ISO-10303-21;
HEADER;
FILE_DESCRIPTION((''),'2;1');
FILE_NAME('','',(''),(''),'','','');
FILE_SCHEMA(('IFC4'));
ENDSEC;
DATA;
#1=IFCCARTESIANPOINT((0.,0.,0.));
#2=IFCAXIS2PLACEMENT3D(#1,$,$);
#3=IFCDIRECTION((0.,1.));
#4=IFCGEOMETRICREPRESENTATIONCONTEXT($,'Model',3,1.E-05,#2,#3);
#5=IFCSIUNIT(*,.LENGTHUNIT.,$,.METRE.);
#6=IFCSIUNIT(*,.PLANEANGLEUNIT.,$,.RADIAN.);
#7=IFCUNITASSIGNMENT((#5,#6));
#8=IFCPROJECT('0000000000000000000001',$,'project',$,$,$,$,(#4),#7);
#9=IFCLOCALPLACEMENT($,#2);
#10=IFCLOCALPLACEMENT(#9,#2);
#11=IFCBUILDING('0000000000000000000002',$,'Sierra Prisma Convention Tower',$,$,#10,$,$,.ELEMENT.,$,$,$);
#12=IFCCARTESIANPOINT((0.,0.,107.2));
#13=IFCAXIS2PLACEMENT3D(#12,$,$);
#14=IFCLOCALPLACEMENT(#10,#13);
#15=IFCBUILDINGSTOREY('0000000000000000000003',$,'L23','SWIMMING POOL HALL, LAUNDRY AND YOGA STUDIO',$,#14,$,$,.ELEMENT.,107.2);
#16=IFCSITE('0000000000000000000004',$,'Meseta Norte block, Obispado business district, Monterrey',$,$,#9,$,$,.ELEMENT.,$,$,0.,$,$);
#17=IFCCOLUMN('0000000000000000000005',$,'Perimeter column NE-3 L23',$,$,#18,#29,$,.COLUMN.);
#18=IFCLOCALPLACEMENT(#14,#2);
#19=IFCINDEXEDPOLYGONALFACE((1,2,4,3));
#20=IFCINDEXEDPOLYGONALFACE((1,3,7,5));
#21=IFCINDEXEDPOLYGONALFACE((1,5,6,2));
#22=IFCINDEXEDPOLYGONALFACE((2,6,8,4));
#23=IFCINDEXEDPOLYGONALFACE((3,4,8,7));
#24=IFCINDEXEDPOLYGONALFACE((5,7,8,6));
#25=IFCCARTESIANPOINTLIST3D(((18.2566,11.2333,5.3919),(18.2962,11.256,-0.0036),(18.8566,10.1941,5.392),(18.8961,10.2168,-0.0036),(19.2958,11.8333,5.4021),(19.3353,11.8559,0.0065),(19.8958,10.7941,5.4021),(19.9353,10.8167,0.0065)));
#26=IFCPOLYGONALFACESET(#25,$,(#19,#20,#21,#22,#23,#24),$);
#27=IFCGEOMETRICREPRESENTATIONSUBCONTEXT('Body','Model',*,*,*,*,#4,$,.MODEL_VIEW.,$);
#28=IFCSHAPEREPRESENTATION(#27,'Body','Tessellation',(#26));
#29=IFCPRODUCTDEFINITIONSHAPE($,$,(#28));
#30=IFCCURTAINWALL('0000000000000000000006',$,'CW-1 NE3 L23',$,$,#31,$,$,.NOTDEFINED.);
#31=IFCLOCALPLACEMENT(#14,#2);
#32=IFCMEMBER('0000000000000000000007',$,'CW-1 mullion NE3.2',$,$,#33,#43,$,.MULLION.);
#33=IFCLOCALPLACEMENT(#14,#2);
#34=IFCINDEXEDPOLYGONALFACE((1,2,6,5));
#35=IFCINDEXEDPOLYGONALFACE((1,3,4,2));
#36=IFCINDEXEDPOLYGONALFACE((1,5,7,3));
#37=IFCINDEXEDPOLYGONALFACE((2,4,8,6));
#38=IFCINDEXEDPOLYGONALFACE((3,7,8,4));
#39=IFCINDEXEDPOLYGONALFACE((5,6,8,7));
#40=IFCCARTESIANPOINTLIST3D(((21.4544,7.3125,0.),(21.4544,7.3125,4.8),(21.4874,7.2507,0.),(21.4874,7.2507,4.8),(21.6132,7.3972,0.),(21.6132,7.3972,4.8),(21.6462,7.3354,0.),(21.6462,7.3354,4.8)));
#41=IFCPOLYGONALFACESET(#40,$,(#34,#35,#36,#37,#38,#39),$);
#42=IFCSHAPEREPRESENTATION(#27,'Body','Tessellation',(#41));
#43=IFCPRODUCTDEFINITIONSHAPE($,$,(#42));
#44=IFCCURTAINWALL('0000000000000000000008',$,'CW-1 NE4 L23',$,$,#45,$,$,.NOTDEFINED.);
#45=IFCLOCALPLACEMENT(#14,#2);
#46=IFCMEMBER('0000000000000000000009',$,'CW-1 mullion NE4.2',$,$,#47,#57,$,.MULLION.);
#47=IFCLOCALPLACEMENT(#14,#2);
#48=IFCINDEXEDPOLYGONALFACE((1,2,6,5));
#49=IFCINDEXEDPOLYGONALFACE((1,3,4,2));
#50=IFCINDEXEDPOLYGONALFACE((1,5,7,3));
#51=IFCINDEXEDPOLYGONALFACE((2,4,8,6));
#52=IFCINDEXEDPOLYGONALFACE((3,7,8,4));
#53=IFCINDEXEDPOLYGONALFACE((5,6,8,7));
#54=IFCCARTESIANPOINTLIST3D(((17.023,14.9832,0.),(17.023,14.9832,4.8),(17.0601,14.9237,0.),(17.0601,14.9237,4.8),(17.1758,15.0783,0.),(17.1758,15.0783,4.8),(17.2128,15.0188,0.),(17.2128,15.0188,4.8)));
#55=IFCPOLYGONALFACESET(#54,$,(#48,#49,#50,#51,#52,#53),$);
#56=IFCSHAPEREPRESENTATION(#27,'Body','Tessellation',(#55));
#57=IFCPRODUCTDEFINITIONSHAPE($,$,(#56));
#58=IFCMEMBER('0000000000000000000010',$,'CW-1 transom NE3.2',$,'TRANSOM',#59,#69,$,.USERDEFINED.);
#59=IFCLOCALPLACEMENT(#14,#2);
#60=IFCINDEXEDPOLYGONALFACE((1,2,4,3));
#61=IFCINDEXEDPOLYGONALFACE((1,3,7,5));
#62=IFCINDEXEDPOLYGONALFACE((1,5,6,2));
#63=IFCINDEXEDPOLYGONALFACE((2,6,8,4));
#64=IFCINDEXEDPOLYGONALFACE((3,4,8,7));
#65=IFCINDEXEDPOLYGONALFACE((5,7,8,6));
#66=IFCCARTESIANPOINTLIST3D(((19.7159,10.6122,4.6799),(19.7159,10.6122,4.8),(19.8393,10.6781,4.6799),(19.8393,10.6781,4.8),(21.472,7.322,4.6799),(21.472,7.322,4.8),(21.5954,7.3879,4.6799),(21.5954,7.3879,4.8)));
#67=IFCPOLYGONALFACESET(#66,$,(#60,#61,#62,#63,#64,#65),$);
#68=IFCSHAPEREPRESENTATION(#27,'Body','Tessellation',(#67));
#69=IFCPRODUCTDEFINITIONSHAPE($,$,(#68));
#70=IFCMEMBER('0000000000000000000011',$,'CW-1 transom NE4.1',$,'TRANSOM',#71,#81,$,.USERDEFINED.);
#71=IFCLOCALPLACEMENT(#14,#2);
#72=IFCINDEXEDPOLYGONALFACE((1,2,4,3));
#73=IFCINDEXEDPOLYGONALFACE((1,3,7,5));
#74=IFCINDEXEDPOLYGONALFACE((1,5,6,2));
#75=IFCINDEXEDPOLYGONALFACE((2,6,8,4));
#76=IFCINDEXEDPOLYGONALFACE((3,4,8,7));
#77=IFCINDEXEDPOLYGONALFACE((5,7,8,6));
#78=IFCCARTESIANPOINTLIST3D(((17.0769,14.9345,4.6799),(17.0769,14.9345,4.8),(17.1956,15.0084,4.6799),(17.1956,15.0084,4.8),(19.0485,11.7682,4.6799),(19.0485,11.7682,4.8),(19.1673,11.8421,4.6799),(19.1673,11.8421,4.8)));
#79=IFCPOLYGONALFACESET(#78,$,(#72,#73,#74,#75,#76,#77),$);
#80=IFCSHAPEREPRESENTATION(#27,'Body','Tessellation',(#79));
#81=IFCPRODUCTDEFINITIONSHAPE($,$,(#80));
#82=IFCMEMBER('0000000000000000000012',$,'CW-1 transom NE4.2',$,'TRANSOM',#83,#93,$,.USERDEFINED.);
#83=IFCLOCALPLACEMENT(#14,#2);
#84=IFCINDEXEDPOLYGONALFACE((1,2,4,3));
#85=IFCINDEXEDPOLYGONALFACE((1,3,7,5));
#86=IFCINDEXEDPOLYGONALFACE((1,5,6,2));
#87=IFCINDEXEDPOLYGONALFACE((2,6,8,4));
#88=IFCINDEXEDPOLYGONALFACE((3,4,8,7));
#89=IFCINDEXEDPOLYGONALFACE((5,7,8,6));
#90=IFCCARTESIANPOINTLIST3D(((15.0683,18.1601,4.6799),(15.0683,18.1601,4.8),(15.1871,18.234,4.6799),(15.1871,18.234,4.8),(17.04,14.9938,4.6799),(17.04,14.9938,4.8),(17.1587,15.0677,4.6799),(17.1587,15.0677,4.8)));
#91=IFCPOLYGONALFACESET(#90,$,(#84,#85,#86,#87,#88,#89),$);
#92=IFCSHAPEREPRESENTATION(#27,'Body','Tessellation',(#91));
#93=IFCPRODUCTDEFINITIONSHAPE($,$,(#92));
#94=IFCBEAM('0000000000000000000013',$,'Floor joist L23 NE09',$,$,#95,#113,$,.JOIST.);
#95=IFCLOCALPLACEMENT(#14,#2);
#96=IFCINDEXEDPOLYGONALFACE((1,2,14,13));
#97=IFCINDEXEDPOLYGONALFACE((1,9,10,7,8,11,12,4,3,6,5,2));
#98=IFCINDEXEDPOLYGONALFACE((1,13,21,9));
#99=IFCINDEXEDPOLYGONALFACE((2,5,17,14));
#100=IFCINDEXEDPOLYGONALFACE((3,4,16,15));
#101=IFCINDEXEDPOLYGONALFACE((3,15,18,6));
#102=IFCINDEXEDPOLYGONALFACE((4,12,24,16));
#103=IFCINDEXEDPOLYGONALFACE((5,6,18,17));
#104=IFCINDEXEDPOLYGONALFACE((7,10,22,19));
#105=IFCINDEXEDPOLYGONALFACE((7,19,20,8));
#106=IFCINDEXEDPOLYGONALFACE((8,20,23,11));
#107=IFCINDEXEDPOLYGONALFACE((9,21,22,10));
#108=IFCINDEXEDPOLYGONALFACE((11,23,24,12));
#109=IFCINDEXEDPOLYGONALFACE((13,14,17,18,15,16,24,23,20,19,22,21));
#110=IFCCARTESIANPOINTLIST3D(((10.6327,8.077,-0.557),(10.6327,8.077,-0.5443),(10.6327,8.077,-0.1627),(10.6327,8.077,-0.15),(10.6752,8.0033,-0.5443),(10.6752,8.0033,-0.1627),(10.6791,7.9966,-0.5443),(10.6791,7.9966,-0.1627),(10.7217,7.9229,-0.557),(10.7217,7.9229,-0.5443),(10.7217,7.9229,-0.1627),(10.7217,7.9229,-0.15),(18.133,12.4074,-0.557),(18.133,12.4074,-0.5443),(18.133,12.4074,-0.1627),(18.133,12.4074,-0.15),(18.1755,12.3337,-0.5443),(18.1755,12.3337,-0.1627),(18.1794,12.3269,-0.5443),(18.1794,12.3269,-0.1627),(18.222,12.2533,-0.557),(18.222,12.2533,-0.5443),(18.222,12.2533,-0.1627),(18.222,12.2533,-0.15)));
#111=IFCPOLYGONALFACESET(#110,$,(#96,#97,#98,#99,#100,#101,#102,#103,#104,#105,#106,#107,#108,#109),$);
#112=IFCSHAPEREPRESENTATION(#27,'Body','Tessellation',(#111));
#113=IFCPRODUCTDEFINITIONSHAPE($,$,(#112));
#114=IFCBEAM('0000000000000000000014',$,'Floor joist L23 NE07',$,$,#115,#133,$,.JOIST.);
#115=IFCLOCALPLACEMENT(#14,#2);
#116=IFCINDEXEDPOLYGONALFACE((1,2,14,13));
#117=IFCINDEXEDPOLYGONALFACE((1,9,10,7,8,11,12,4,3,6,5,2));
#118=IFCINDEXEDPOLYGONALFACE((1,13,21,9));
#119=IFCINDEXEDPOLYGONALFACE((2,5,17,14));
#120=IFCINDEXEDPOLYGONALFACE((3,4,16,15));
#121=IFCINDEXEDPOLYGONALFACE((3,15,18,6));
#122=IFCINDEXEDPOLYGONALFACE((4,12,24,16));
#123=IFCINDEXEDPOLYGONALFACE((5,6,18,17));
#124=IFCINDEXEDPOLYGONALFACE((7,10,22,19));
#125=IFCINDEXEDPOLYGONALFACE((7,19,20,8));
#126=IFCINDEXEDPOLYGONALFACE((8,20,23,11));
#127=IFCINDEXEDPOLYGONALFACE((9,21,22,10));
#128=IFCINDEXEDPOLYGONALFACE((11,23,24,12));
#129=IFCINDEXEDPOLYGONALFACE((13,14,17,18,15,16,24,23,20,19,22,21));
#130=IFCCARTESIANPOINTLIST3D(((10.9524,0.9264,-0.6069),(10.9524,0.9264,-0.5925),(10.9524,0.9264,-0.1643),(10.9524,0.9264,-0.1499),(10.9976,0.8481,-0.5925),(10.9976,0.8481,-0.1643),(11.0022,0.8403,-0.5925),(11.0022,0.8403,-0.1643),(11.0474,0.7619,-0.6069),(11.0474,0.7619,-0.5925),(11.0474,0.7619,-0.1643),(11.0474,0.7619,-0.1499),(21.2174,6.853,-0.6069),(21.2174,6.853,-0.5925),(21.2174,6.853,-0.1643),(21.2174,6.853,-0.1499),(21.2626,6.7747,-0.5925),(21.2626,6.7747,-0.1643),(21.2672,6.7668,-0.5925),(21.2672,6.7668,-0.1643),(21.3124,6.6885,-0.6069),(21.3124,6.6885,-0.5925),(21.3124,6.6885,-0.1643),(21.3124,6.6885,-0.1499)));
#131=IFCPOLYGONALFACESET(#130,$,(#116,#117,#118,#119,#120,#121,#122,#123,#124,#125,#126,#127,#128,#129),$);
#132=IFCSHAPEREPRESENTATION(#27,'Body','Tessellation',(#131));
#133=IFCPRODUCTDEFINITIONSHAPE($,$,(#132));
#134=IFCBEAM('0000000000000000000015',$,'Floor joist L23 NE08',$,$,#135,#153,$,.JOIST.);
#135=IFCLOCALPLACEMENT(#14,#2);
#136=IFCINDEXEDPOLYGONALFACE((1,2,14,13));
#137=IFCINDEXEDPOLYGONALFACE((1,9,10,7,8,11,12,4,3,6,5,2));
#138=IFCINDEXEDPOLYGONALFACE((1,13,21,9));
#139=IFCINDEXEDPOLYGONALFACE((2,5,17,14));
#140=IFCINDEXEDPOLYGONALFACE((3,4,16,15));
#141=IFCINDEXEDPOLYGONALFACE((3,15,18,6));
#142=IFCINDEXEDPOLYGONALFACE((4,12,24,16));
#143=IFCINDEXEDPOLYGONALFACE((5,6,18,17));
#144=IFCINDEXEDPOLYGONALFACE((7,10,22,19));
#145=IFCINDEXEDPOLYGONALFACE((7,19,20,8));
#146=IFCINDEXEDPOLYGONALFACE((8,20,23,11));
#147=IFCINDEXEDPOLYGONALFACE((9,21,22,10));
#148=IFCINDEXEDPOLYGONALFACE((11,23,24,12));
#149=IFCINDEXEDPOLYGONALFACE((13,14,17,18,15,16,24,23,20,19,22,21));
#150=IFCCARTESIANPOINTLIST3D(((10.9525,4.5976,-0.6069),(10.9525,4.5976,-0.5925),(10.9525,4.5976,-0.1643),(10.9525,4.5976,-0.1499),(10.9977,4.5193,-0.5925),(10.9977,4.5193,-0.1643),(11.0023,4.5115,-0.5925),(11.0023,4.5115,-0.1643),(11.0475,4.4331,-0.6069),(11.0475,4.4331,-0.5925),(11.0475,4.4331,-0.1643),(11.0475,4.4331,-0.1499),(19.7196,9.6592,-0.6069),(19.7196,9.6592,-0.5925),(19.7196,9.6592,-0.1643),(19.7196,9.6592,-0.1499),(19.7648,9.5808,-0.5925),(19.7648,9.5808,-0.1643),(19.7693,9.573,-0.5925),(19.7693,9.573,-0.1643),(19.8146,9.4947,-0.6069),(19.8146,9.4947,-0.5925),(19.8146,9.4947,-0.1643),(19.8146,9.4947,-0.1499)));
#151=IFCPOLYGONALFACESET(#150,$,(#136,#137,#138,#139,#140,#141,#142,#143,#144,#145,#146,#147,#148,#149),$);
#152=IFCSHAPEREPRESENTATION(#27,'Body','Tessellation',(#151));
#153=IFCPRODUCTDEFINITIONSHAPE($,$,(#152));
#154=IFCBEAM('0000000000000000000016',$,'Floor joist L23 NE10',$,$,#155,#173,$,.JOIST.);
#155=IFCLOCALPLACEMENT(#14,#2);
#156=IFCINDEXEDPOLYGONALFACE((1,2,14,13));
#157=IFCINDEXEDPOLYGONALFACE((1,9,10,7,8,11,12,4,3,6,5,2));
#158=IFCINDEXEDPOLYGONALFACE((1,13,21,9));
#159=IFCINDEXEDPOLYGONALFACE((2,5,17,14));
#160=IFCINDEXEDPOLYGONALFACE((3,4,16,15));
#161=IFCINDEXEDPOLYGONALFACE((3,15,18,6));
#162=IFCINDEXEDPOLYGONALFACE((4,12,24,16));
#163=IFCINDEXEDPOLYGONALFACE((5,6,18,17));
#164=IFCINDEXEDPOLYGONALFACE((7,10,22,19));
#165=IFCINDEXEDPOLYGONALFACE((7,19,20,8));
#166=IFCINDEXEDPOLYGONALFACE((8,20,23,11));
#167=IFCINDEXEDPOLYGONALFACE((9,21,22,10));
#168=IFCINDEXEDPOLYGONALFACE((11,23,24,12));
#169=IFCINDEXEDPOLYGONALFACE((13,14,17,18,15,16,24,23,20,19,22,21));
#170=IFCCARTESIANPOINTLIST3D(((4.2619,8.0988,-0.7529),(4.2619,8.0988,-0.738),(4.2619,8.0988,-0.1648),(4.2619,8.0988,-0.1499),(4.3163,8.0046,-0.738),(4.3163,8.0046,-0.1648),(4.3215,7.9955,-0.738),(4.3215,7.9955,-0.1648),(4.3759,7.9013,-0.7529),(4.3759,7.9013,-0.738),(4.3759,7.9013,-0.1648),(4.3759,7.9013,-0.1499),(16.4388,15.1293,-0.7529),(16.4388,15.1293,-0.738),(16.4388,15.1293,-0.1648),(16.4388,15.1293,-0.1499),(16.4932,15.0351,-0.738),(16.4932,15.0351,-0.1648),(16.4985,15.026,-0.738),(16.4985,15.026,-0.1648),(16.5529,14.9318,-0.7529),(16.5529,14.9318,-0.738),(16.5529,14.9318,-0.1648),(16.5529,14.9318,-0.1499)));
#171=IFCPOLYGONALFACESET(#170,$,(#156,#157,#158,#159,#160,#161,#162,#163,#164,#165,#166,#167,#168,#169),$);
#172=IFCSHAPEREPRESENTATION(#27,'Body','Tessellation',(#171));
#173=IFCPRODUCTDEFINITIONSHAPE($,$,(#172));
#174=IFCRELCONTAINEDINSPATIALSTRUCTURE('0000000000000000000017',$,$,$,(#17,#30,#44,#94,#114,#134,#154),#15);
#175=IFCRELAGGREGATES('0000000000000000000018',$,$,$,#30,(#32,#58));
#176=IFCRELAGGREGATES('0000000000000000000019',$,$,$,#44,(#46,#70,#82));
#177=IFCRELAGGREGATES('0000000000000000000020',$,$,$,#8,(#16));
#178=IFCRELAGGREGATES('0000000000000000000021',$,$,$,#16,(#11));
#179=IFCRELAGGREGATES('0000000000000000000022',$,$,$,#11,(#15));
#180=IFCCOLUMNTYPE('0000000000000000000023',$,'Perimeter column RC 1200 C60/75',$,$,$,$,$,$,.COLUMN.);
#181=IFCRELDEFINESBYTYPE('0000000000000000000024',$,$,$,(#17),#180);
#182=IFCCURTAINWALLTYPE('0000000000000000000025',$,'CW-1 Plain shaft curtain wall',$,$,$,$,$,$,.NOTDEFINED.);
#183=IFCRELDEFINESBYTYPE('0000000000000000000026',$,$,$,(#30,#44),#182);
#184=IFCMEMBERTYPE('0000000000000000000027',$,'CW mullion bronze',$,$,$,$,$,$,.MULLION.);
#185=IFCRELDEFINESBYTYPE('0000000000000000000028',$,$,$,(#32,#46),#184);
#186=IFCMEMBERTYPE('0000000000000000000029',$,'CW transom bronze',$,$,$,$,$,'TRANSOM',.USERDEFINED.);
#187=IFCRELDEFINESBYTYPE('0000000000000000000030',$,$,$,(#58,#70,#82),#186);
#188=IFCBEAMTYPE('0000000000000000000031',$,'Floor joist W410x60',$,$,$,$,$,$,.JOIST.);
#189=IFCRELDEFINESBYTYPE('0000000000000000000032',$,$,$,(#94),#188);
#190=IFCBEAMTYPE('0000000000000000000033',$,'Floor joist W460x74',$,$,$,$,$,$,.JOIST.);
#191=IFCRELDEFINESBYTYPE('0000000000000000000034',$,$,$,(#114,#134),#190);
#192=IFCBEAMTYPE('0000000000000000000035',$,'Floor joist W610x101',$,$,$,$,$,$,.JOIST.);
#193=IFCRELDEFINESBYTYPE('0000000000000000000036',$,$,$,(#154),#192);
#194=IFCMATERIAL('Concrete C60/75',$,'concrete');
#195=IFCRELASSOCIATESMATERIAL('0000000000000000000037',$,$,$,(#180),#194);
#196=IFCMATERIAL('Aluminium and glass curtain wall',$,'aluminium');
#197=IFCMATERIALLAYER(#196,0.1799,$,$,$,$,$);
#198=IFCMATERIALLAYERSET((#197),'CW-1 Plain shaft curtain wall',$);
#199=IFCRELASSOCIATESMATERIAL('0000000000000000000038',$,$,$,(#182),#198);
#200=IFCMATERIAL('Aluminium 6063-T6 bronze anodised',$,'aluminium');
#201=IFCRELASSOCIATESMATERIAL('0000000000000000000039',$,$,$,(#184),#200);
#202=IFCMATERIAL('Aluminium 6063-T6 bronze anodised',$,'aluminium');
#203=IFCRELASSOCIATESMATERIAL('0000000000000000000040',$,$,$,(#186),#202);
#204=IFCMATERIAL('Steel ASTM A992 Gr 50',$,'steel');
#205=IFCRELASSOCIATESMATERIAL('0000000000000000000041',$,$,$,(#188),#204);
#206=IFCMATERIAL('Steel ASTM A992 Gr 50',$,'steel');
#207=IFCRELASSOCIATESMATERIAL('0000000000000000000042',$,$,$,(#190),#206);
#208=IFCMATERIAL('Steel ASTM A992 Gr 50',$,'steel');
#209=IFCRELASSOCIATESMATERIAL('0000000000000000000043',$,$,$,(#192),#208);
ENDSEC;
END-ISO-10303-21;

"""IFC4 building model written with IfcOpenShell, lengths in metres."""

from ifc_helpers import new_model, si_unit, direction, frame, origin, origin_2d, place, context, subcontext, project, spatial, rectangle, i_section, extrude, clip, halfspace, material, layer, layer_set, material_profile, profile_set, type_object, element, aggregate, save


model = new_model("IFC4")

# Units and contexts
model_context = context("Model", 3, precision=1e-05, world=origin(), true_north=direction((0.0, 1.0)))
body_context = subcontext(model_context, "Body", "Model", "MODEL_VIEW")
ifc_project = project(units=[si_unit("LENGTHUNIT", "METRE"), si_unit("PLANEANGLEUNIT", "RADIAN")], contexts=[model_context])

# Site, building, storey
site_placement = place(None, origin())
site = spatial("IfcSite", under=ifc_project, at=site_placement, Name="Meseta Norte block, Obispado business district, Monterrey", CompositionType="ELEMENT", RefElevation=0.0)
building_placement = place(site_placement, origin())
building = spatial("IfcBuilding", under=site, at=building_placement, Name="Sierra Prisma Convention Tower", CompositionType="ELEMENT")
storey_placement = place(building_placement, frame((0.0, 0.0, 107.2)))
storey = spatial("IfcBuildingStorey", under=building, at=storey_placement, Name="L23", Description="SWIMMING POOL HALL, LAUNDRY AND YOGA STUDIO", CompositionType="ELEMENT", Elevation=107.2)

# Column
ifc_material_1 = material(Name="Concrete C60/75", Category="concrete")
ifc_material_profile_1 = material_profile(ifc_material_1, rectangle(XDim=1.2, YDim=1.2, at=origin_2d()), Name="Perimeter column RC 1200 C60/75")
ifc_profile_set_1 = profile_set([ifc_material_profile_1], Name="Concrete C60/75")
column_type = type_object("IfcColumnType", Name="Perimeter column RC 1200 C60/75", PredefinedType="COLUMN", material=ifc_profile_set_1)
column_placement = place(storey_placement, frame((19.1157, 11.0364, 0.0), z_axis=(-0.007324, -0.004204, 0.999964), x_axis=(-0.499987, 0.866033, -0.000021)))
element("IfcColumn", 1, at=column_placement, inside=storey, type_object=column_type, Name="Perimeter column NE-3 L23", PredefinedType="COLUMN", context=body_context, shape_type="SweptSolid", body=[
    clip(clip(extrude(rectangle(XDim=1.2, YDim=1.2, at=origin_2d()), origin(), (0.0, 0.0, 1.0), 5.4004), halfspace(frame((0.0, 0.0, 0.0015)), True)), halfspace(frame((0.0, 0.0, 5.3972)), False)),
])

# Curtain walls, members
ifc_material_2 = material(Name="Aluminium and glass curtain wall", Category="aluminium")
ifc_layer_1 = layer(ifc_material_2, 0.1799)
ifc_layer_set_1 = layer_set([ifc_layer_1], Name="CW-1 Plain shaft curtain wall")
curtain_wall_type = type_object("IfcCurtainWallType", Name="CW-1 Plain shaft curtain wall", PredefinedType="NOTDEFINED", material=ifc_layer_set_1)
curtain_wall_1_placement = place(storey_placement, origin())
curtain_wall_1 = element("IfcCurtainWall", 2, at=curtain_wall_1_placement, inside=storey, type_object=curtain_wall_type, Name="CW-1 NE3 L23", PredefinedType="NOTDEFINED")
ifc_material_3 = material(Name="Aluminium 6063-T6 bronze anodised", Category="aluminium")
ifc_material_profile_2 = material_profile(ifc_material_3, rectangle(XDim=0.1799, YDim=0.0701, at=origin_2d()), Name="ALU MULLION 70x180")
ifc_profile_set_2 = profile_set([ifc_material_profile_2], Name="Aluminium 6063-T6 bronze anodised")
member_type_1 = type_object("IfcMemberType", Name="CW mullion bronze", PredefinedType="MULLION", material=ifc_profile_set_2)
member_1_placement = place(storey_placement, frame((21.5503, 7.324, 0.0), z_axis=(0.0, 0.0, 1.0), x_axis=(-0.882214, -0.470848, 0.0)))
member_1 = element("IfcMember", 3, at=member_1_placement, type_object=member_type_1, Name="CW-1 mullion NE3.2", PredefinedType="MULLION", context=body_context, shape_type="SweptSolid", body=[
    extrude(rectangle(XDim=0.1799, YDim=0.0701, at=origin_2d()), origin(), (0.0, 0.0, 1.0), 4.8),
])
curtain_wall_2_placement = place(storey_placement, origin())
curtain_wall_2 = element("IfcCurtainWall", 4, at=curtain_wall_2_placement, inside=storey, type_object=curtain_wall_type, Name="CW-1 NE4 L23", PredefinedType="NOTDEFINED")
member_2_placement = place(storey_placement, frame((17.1179, 15.001, 0.0), z_axis=(0.0, 0.0, 1.0), x_axis=(-0.848874, -0.528596, 0.0)))
member_2 = element("IfcMember", 5, at=member_2_placement, type_object=member_type_1, Name="CW-1 mullion NE4.2", PredefinedType="MULLION", context=body_context, shape_type="SweptSolid", body=[
    extrude(rectangle(XDim=0.1799, YDim=0.0701, at=origin_2d()), origin(), (0.0, 0.0, 1.0), 4.8),
])

# Members
ifc_material_4 = material(Name="Aluminium 6063-T6 bronze anodised", Category="aluminium")
ifc_material_profile_3 = material_profile(ifc_material_4, rectangle(XDim=0.1399, YDim=0.1201, at=origin_2d()), Name="ALU TRANSOM 120x140")
ifc_profile_set_3 = profile_set([ifc_material_profile_3], Name="Aluminium 6063-T6 bronze anodised")
member_type_2 = type_object("IfcMemberType", Name="CW transom bronze", ElementType="TRANSOM", PredefinedType="USERDEFINED", material=ifc_profile_set_3)
member_3_placement = place(storey_placement, frame((21.5337, 7.355, 4.74), z_axis=(-0.470857, 0.88221, 0.0), x_axis=(-0.88221, -0.470857, 0.0)))
member_3 = element("IfcMember", 6, at=member_3_placement, type_object=member_type_2, Name="CW-1 transom NE3.2", ObjectType="TRANSOM", PredefinedType="USERDEFINED", context=body_context, shape_type="SweptSolid", body=[
    extrude(rectangle(XDim=0.1399, YDim=0.1201, at=origin_2d()), origin(), (0.0, 0.0, 1.0), 3.7295),
])
member_4_placement = place(storey_placement, frame((19.1079, 11.8052, 4.74), z_axis=(-0.528604, 0.848869, 0.0), x_axis=(-0.848869, -0.528604, 0.0)))
member_4 = element("IfcMember", 7, at=member_4_placement, type_object=member_type_2, Name="CW-1 transom NE4.1", ObjectType="TRANSOM", PredefinedType="USERDEFINED", context=body_context, shape_type="SweptSolid", body=[
    extrude(rectangle(XDim=0.1399, YDim=0.1201, at=origin_2d()), origin(), (0.0, 0.0, 1.0), 3.73),
])
member_5_placement = place(storey_placement, frame((17.0994, 15.0308, 4.74), z_axis=(-0.528604, 0.848869, 0.0), x_axis=(-0.848869, -0.528604, 0.0)))
member_5 = element("IfcMember", 8, at=member_5_placement, type_object=member_type_2, Name="CW-1 transom NE4.2", ObjectType="TRANSOM", PredefinedType="USERDEFINED", context=body_context, shape_type="SweptSolid", body=[
    extrude(rectangle(XDim=0.1399, YDim=0.1201, at=origin_2d()), origin(), (0.0, 0.0, 1.0), 3.73),
])

# Beams
ifc_material_5 = material(Name="Steel ASTM A992 Gr 50", Category="steel")
ifc_material_profile_4 = material_profile(ifc_material_5, i_section(OverallWidth=0.178, OverallDepth=0.407, WebThickness=0.0078, FlangeThickness=0.0127, at=origin_2d()), Name="W410x60")
ifc_profile_set_4 = profile_set([ifc_material_profile_4], Name="Steel ASTM A992 Gr 50")
beam_type_1 = type_object("IfcBeamType", Name="Floor joist W410x60", PredefinedType="JOIST", material=ifc_profile_set_4)
beam_1_placement = place(storey_placement, frame((18.1775, 12.3303, -0.3535), z_axis=(-0.866023, -0.500005, 0.0), x_axis=(0.500005, -0.866023, 0.0)))
element("IfcBeam", 9, at=beam_1_placement, inside=storey, type_object=beam_type_1, Name="Floor joist L23 NE09", PredefinedType="JOIST", context=body_context, shape_type="SweptSolid", body=[
    extrude(i_section(OverallWidth=0.178, OverallDepth=0.407, WebThickness=0.0078, FlangeThickness=0.0127, at=origin_2d()), origin(), (0.0, 0.0, 1.0), 8.6606),
])
ifc_material_6 = material(Name="Steel ASTM A992 Gr 50", Category="steel")
ifc_material_profile_5 = material_profile(ifc_material_6, i_section(OverallWidth=0.1899, OverallDepth=0.457, WebThickness=0.009, FlangeThickness=0.0144, at=origin_2d()), Name="W460x74")
ifc_profile_set_5 = profile_set([ifc_material_profile_5], Name="Steel ASTM A992 Gr 50")
beam_type_2 = type_object("IfcBeamType", Name="Floor joist W460x74", PredefinedType="JOIST", material=ifc_profile_set_5)
beam_2_placement = place(storey_placement, frame((21.2649, 6.7708, -0.3784), z_axis=(-0.866023, -0.500005, 0.0), x_axis=(0.500005, -0.866023, 0.0)))
element("IfcBeam", 10, at=beam_2_placement, inside=storey, type_object=beam_type_2, Name="Floor joist L23 NE07", PredefinedType="JOIST", context=body_context, shape_type="SweptSolid", body=[
    extrude(i_section(OverallWidth=0.1899, OverallDepth=0.457, WebThickness=0.009, FlangeThickness=0.0144, at=origin_2d()), origin(), (0.0, 0.0, 1.0), 11.853),
])
beam_3_placement = place(storey_placement, frame((19.7671, 9.5769, -0.3784), z_axis=(-0.866032, -0.499988, 0.0), x_axis=(0.499988, -0.866032, 0.0)))
element("IfcBeam", 11, at=beam_3_placement, inside=storey, type_object=beam_type_2, Name="Floor joist L23 NE08", PredefinedType="JOIST", context=body_context, shape_type="SweptSolid", body=[
    extrude(i_section(OverallWidth=0.1899, OverallDepth=0.457, WebThickness=0.009, FlangeThickness=0.0144, at=origin_2d()), origin(), (0.0, 0.0, 1.0), 10.1233),
])
ifc_material_7 = material(Name="Steel ASTM A992 Gr 50", Category="steel")
ifc_material_profile_6 = material_profile(ifc_material_7, i_section(OverallWidth=0.228, OverallDepth=0.603, WebThickness=0.0105, FlangeThickness=0.0149, at=origin_2d()), Name="W610x101")
ifc_profile_set_6 = profile_set([ifc_material_profile_6], Name="Steel ASTM A992 Gr 50")
beam_type_3 = type_object("IfcBeamType", Name="Floor joist W610x101", PredefinedType="JOIST", material=ifc_profile_set_6)
beam_4_placement = place(storey_placement, frame((16.4958, 15.0305, -0.4514), z_axis=(-0.866022, -0.500007, 0.0), x_axis=(0.500007, -0.866022, 0.0)))
element("IfcBeam", 12, at=beam_4_placement, inside=storey, type_object=beam_type_3, Name="Floor joist L23 NE10", PredefinedType="JOIST", context=body_context, shape_type="SweptSolid", body=[
    extrude(i_section(OverallWidth=0.228, OverallDepth=0.603, WebThickness=0.0105, FlangeThickness=0.0149, at=origin_2d()), origin(), (0.0, 0.0, 1.0), 14.0608),
])

aggregate(curtain_wall_1, [member_1, member_3])
aggregate(curtain_wall_2, [member_2, member_4, member_5])

save(model, "model.ifc")
